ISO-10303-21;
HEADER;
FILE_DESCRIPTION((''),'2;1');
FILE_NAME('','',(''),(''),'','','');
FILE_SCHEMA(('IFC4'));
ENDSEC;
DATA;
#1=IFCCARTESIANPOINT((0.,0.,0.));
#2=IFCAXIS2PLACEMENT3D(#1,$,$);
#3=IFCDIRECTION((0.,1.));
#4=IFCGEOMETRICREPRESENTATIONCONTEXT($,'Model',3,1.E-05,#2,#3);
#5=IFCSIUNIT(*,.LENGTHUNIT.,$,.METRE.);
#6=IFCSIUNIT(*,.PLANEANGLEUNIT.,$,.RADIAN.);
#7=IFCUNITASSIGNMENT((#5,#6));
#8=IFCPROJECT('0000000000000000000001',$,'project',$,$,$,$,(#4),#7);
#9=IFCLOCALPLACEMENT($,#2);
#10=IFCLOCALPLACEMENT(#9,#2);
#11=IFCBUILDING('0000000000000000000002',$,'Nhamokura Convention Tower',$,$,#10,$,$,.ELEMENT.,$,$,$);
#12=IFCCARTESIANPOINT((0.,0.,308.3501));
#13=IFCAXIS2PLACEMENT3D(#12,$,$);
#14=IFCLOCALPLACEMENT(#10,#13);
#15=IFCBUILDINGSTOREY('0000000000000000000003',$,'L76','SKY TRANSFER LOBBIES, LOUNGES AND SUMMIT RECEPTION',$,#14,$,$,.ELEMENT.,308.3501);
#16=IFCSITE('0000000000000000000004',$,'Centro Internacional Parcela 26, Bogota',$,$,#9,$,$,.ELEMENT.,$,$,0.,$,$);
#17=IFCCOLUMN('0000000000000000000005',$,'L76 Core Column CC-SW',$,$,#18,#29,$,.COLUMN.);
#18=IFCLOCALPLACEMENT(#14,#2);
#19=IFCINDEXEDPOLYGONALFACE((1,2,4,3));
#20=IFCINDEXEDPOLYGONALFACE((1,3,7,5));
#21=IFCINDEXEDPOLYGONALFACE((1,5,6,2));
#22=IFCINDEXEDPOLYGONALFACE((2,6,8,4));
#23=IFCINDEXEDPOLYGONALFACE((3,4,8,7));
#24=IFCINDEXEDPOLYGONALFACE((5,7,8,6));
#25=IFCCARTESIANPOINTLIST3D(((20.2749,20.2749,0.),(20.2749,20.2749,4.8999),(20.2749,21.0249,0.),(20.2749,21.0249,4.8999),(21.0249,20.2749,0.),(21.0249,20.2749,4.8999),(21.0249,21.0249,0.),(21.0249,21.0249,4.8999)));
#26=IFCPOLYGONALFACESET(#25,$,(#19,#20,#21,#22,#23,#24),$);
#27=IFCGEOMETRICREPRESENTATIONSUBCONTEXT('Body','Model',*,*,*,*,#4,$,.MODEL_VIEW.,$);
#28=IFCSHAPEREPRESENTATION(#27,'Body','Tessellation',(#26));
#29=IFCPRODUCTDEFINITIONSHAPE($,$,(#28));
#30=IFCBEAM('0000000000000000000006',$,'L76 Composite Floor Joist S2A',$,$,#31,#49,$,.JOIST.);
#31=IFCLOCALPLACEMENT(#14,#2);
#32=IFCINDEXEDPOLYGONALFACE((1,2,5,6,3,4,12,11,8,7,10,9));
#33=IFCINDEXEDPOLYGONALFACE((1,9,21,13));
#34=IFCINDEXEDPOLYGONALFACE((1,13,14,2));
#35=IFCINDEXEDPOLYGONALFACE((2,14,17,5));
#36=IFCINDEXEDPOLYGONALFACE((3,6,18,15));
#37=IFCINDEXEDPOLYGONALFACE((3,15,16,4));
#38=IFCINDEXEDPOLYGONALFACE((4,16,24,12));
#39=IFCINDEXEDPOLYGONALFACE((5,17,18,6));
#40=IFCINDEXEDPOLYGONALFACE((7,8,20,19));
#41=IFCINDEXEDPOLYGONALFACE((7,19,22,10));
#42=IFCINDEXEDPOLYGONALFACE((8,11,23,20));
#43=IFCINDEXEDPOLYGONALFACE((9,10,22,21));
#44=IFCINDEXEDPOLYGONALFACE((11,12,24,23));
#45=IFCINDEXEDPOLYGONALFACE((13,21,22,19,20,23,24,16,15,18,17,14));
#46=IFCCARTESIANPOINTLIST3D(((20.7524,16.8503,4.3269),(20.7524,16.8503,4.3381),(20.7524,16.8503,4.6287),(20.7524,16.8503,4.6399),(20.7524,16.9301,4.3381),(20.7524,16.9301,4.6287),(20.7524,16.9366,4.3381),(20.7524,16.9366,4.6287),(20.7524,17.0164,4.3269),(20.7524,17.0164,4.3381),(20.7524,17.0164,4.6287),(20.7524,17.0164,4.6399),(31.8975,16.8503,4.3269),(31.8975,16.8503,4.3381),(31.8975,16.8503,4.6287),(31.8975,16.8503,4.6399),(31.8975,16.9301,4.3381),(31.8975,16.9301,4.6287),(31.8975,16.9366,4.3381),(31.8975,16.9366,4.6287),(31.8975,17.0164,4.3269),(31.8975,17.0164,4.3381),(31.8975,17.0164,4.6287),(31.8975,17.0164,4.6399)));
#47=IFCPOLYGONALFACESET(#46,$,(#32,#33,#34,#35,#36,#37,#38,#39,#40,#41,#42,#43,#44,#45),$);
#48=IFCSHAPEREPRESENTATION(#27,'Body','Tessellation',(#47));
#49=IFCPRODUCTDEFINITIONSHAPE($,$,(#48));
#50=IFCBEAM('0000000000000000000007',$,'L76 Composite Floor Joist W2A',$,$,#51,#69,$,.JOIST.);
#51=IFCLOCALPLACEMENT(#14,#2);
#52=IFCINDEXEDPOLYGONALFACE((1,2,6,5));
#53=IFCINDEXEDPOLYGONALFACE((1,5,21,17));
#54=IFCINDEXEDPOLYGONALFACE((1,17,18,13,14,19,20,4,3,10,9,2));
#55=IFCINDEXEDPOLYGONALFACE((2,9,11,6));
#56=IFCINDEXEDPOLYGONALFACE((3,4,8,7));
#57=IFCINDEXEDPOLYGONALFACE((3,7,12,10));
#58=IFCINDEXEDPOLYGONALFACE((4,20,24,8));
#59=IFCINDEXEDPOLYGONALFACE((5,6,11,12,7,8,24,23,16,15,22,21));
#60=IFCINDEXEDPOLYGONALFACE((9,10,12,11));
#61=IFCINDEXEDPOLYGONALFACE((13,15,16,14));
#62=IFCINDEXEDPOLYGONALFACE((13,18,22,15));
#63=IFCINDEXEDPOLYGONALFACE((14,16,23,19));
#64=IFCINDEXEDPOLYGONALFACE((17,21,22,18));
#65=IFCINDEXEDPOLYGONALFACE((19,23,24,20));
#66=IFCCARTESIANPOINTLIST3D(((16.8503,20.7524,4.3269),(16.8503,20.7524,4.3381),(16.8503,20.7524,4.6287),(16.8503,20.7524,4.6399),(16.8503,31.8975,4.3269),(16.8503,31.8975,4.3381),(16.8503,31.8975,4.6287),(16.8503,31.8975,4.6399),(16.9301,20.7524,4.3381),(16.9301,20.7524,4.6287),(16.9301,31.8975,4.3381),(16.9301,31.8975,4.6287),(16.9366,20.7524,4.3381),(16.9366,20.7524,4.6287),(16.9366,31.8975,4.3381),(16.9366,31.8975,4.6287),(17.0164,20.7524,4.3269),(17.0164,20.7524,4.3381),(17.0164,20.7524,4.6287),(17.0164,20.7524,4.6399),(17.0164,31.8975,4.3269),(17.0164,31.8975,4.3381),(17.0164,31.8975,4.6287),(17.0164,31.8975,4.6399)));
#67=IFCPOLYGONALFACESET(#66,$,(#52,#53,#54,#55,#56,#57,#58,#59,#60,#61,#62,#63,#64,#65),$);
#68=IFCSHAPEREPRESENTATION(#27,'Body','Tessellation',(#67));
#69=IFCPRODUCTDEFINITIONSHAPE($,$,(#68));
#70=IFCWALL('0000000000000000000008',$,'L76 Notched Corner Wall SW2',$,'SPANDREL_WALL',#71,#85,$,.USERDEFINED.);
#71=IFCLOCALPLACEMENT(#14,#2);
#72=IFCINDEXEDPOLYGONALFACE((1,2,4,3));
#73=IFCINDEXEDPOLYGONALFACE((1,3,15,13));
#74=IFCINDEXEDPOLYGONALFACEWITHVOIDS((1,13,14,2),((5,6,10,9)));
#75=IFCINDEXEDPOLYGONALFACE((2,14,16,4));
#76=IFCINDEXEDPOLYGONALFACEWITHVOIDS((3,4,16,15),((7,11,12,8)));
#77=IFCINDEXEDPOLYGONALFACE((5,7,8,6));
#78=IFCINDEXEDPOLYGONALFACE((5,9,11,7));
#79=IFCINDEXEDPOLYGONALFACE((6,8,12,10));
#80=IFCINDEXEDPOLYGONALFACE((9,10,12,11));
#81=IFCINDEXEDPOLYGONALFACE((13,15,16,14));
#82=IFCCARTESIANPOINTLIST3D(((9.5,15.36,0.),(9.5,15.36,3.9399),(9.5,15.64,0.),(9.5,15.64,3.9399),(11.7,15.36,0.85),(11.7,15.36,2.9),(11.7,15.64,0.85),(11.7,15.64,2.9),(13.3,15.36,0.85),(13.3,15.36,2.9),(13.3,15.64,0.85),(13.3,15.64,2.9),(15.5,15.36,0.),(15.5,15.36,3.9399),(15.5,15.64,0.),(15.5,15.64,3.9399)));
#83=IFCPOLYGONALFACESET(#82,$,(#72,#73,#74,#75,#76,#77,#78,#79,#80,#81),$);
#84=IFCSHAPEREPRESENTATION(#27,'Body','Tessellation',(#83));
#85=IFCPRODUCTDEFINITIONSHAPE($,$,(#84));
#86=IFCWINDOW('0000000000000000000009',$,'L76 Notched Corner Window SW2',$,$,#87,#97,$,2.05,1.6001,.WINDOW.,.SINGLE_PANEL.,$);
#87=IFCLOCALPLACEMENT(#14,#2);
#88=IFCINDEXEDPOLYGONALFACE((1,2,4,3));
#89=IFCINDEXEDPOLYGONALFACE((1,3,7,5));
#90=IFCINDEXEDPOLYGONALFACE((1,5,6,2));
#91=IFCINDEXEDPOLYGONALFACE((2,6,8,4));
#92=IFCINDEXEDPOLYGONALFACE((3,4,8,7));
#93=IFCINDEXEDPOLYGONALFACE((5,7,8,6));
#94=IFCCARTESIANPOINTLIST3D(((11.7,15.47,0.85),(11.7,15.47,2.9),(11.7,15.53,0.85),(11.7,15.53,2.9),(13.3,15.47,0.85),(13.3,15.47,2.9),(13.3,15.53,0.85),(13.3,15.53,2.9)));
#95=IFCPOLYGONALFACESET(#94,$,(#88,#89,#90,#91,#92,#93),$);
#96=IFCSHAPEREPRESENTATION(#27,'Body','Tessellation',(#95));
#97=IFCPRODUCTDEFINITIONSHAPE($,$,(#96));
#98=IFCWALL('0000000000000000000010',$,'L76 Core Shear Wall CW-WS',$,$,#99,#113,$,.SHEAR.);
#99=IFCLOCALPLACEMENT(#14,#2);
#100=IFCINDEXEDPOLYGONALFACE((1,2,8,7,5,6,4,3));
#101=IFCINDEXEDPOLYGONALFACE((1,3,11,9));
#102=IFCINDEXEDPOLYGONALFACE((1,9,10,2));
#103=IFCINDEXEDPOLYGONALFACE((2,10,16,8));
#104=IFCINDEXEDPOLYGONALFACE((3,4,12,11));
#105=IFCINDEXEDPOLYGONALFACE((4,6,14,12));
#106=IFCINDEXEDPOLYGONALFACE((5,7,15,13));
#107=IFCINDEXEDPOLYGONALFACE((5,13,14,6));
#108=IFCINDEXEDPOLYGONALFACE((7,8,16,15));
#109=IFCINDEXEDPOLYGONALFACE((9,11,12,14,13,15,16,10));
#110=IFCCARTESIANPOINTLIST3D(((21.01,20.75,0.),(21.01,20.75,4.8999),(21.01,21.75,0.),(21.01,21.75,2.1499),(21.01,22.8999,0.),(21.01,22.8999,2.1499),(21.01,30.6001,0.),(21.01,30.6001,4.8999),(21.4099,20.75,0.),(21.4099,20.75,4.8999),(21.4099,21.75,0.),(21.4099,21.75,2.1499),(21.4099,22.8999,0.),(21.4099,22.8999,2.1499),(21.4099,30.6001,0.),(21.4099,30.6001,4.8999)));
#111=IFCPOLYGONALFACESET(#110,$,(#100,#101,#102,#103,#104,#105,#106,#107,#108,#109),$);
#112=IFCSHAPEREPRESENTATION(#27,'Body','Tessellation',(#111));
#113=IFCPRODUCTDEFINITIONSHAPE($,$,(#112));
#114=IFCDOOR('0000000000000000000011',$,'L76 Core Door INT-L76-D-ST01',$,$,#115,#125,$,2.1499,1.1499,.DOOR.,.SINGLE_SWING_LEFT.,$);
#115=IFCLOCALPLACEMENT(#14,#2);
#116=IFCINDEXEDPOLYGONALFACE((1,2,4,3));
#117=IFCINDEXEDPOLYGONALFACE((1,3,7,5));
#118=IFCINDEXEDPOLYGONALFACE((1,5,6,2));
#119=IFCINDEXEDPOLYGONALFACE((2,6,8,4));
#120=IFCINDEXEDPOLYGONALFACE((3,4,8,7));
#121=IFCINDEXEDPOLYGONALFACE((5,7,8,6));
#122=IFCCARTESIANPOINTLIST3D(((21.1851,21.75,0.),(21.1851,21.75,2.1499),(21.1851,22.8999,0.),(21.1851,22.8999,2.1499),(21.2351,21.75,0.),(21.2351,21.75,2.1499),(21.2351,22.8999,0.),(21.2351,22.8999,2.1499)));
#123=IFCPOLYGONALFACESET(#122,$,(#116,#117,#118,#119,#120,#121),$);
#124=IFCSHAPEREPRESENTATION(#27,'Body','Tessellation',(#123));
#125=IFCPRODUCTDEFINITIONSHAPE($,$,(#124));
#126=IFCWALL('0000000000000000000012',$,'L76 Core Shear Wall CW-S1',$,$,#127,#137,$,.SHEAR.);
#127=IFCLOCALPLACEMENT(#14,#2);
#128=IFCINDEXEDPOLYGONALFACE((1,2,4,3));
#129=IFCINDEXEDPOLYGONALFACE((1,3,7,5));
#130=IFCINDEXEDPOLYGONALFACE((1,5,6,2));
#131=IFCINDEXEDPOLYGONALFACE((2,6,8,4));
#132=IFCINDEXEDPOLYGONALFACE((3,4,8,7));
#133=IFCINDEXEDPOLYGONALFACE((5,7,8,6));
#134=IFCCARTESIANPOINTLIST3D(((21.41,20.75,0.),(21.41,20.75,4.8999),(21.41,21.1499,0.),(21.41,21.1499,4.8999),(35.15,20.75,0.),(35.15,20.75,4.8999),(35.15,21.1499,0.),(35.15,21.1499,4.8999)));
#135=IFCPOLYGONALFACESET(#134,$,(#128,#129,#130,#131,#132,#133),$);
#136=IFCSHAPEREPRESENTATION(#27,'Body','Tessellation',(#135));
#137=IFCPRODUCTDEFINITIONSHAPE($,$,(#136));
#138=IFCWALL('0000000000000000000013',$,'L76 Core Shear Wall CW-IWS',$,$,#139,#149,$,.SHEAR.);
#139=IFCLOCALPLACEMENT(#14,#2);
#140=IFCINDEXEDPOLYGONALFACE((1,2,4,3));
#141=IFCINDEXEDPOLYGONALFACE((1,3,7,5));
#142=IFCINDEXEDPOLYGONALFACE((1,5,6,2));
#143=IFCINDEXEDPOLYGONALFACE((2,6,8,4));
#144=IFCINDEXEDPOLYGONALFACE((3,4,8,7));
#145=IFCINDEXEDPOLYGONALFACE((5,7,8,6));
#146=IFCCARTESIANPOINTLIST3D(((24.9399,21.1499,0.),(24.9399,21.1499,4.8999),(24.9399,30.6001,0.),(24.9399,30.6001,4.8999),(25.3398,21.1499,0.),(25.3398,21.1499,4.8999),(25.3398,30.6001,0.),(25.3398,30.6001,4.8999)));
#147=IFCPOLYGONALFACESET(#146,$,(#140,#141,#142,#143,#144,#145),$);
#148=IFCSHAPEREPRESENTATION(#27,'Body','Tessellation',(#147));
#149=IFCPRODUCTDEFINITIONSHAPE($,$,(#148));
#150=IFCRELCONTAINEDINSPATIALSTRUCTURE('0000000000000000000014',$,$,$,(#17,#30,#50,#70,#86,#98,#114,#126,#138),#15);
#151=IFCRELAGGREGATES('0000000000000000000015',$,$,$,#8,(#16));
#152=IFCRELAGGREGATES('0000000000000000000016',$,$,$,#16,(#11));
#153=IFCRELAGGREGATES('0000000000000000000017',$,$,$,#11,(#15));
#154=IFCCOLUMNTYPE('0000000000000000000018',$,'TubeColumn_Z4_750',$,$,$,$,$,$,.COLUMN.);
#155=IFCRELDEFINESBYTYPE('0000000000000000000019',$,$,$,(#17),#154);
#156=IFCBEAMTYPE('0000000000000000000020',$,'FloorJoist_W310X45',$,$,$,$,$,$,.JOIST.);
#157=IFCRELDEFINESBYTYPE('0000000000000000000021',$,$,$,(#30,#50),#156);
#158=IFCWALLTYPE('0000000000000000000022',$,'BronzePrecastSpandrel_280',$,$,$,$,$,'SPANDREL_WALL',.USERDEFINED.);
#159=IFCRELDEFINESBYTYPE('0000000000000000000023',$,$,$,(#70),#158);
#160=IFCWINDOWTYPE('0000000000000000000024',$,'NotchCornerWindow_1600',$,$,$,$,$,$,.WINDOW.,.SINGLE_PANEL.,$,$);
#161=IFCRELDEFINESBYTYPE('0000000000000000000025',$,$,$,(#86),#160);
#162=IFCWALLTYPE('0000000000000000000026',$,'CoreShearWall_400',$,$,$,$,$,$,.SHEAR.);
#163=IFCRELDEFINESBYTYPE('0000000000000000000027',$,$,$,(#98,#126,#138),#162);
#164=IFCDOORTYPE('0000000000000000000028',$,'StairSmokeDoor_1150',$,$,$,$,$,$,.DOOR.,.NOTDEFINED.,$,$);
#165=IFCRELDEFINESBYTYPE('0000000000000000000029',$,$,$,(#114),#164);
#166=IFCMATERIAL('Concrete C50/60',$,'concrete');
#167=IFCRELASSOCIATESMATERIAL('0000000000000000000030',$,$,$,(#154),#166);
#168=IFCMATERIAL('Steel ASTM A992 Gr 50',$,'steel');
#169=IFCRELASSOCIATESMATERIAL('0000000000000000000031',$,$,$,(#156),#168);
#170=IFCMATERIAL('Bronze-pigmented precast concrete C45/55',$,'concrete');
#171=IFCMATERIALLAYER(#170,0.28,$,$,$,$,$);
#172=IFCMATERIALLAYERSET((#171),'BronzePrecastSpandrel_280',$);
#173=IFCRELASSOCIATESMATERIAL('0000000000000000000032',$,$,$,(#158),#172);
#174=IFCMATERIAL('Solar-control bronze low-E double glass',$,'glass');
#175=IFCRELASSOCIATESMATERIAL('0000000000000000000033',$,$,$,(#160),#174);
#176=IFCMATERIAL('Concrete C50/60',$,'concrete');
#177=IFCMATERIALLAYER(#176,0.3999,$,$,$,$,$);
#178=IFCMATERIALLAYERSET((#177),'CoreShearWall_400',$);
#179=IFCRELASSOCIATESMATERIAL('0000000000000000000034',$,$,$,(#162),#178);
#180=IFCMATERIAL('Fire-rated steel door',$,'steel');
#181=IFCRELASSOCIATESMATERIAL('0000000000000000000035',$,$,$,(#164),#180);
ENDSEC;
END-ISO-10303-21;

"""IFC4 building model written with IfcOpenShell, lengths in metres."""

from ifc_helpers import new_model, si_unit, direction, frame, frame_2d, origin, origin_2d, place, context, subcontext, project, spatial, rectangle, i_section, extrude, material, layer, layer_set, material_profile, profile_set, type_object, element, fill, save


model = new_model("IFC4")

# Units and contexts
model_context = context("Model", 3, precision=1e-05, world=origin(), true_north=direction((0.0, 1.0)))
body_context = subcontext(model_context, "Body", "Model", "MODEL_VIEW")
ifc_project = project(units=[si_unit("LENGTHUNIT", "METRE"), si_unit("PLANEANGLEUNIT", "RADIAN")], contexts=[model_context])

# Site, building, storey
site_placement = place(None, origin())
site = spatial("IfcSite", under=ifc_project, at=site_placement, Name="Centro Internacional Parcela 26, Bogota", CompositionType="ELEMENT", RefElevation=0.0)
building_placement = place(site_placement, origin())
building = spatial("IfcBuilding", under=site, at=building_placement, Name="Nhamokura Convention Tower", CompositionType="ELEMENT")
storey_placement = place(building_placement, frame((0.0, 0.0, 308.3501)))
storey = spatial("IfcBuildingStorey", under=building, at=storey_placement, Name="L76", Description="SKY TRANSFER LOBBIES, LOUNGES AND SUMMIT RECEPTION", CompositionType="ELEMENT", Elevation=308.3501)

# Column
ifc_material_1 = material(Name="Concrete C50/60", Category="concrete")
ifc_material_profile_1 = material_profile(ifc_material_1, rectangle(XDim=0.75, YDim=0.75, at=origin_2d()))
ifc_profile_set_1 = profile_set([ifc_material_profile_1], Name="Concrete C50/60")
column_type = type_object("IfcColumnType", Name="TubeColumn_Z4_750", PredefinedType="COLUMN", material=ifc_profile_set_1)
column_placement = place(storey_placement, frame((20.6499, 20.6499, 0.0), z_axis=(0.0, 0.0, 1.0), x_axis=(1.0, 0.0, 0.0)))
element("IfcColumn", 1, at=column_placement, inside=storey, type_object=column_type, Name="L76 Core Column CC-SW", PredefinedType="COLUMN", context=body_context, shape_type="SweptSolid", body=[
    extrude(rectangle(XDim=0.75, YDim=0.75, at=origin_2d()), origin(), (0.0, 0.0, 1.0), 4.8999),
])

# Beams
ifc_material_2 = material(Name="Steel ASTM A992 Gr 50", Category="steel")
ifc_material_profile_2 = material_profile(ifc_material_2, i_section(OverallWidth=0.166, OverallDepth=0.313, WebThickness=0.0066, FlangeThickness=0.0112, at=origin_2d()))
ifc_profile_set_2 = profile_set([ifc_material_profile_2], Name="Steel ASTM A992 Gr 50")
beam_type = type_object("IfcBeamType", Name="FloorJoist_W310X45", PredefinedType="JOIST", material=ifc_profile_set_2)
for number, where, z_axis, x_axis, name in (
    (2, (20.7524, 16.9333, 4.4834), (1.0, 0.0, 0.0), (0.0, 1.0, 0.0), "L76 Composite Floor Joist S2A"),
    (3, (16.9333, 20.7524, 4.4834), (0.0, 1.0, 0.0), (-1.0, 0.0, 0.0), "L76 Composite Floor Joist W2A"),
):
    element("IfcBeam", number, at=place(storey_placement, frame(where, z_axis=z_axis, x_axis=x_axis)), inside=storey, type_object=beam_type, Name=name, PredefinedType="JOIST", context=body_context, shape_type="SweptSolid", body=[
        extrude(i_section(OverallWidth=0.166, OverallDepth=0.313, WebThickness=0.0066, FlangeThickness=0.0112, at=origin_2d()), origin(), (0.0, 0.0, 1.0), 11.145),
    ])

# Wall, opening, window
ifc_material_3 = material(Name="Bronze-pigmented precast concrete C45/55", Category="concrete")
ifc_layer_1 = layer(ifc_material_3, 0.28)
ifc_layer_set_1 = layer_set([ifc_layer_1], Name="BronzePrecastSpandrel_280")
wall_type_1 = type_object("IfcWallType", Name="BronzePrecastSpandrel_280", ElementType="SPANDREL_WALL", PredefinedType="USERDEFINED", material=ifc_layer_set_1)
wall_1_placement = place(storey_placement, frame((15.5, 15.5, 0.0), z_axis=(0.0, 0.0, 1.0), x_axis=(-1.0, 0.0, 0.0)))
wall_1 = element("IfcWall", 4, at=wall_1_placement, inside=storey, type_object=wall_type_1, Name="L76 Notched Corner Wall SW2", ObjectType="SPANDREL_WALL", PredefinedType="USERDEFINED", context=body_context, shape_type="SweptSolid", body=[
    extrude(rectangle(XDim=6.0, YDim=0.28, at=frame_2d((3.0, 0.0))), origin(), (0.0, 0.0, 1.0), 3.9399),
])
opening_1_placement = place(wall_1_placement, frame((2.2, 0.0, 0.8501)))
opening_1 = element("IfcOpeningElement", 5, at=opening_1_placement, cuts=wall_1, PredefinedType="OPENING", context=body_context, shape_type="SweptSolid", body=[
    extrude(rectangle(XDim=1.6001, YDim=2.05, at=frame_2d((0.8, 1.0249))), frame((0.0, 0.1499, 0.0), z_axis=(0.0, -1.0, 0.0), x_axis=(1.0, 0.0, 0.0)), (0.0, 0.0, 1.0), 0.3),
])
ifc_material_4 = material(Name="Solar-control bronze low-E double glass", Category="glass")
window_type = type_object("IfcWindowType", Name="NotchCornerWindow_1600", PartitioningType="SINGLE_PANEL", PredefinedType="WINDOW", material=ifc_material_4)
window_placement = place(opening_1_placement, origin())
window = element("IfcWindow", 6, at=window_placement, inside=storey, type_object=window_type, Name="L76 Notched Corner Window SW2", OverallHeight=2.05, OverallWidth=1.6001, PartitioningType="SINGLE_PANEL", PredefinedType="WINDOW", context=body_context, shape_type="SweptSolid", body=[
    extrude(rectangle(XDim=1.6001, YDim=2.05, at=frame_2d((0.8, 1.0249))), frame((0.0, 0.03, 0.0), z_axis=(0.0, -1.0, 0.0), x_axis=(1.0, 0.0, 0.0)), (0.0, 0.0, 1.0), 0.0601),
])
fill(opening_1, window)

# Wall, opening, door
ifc_material_5 = material(Name="Concrete C50/60", Category="concrete")
ifc_layer_2 = layer(ifc_material_5, 0.3999)
ifc_layer_set_2 = layer_set([ifc_layer_2], Name="CoreShearWall_400")
wall_type_2 = type_object("IfcWallType", Name="CoreShearWall_400", PredefinedType="SHEAR", material=ifc_layer_set_2)
wall_2_placement = place(storey_placement, frame((21.21, 20.75, 0.0), z_axis=(0.0, 0.0, 1.0), x_axis=(0.0, 1.0, 0.0)))
wall_2 = element("IfcWall", 7, at=wall_2_placement, inside=storey, type_object=wall_type_2, Name="L76 Core Shear Wall CW-WS", PredefinedType="SHEAR", context=body_context, shape_type="SweptSolid", body=[
    extrude(rectangle(XDim=9.8501, YDim=0.3999, at=frame_2d((4.925, 0.0))), origin(), (0.0, 0.0, 1.0), 4.8999),
])
opening_2_placement = place(wall_2_placement, frame((1.0, 0.0, 0.0)))
opening_2 = element("IfcOpeningElement", 8, at=opening_2_placement, cuts=wall_2, PredefinedType="OPENING", context=body_context, shape_type="SweptSolid", body=[
    extrude(rectangle(XDim=1.1499, YDim=2.1499, at=frame_2d((0.575, 1.075))), frame((0.0, 0.21, 0.0), z_axis=(0.0, -1.0, 0.0), x_axis=(1.0, 0.0, 0.0)), (0.0, 0.0, 1.0), 0.4199),
])
ifc_material_6 = material(Name="Fire-rated steel door", Category="steel")
door_type_1 = type_object("IfcDoorType", Name="StairSmokeDoor_1150", OperationType="NOTDEFINED", PredefinedType="DOOR", material=ifc_material_6)
door_1_placement = place(opening_2_placement, origin())
door_1 = element("IfcDoor", 9, at=door_1_placement, inside=storey, type_object=door_type_1, Name="L76 Core Door INT-L76-D-ST01", OperationType="SINGLE_SWING_LEFT", OverallHeight=2.1499, OverallWidth=1.1499, PredefinedType="DOOR", context=body_context, shape_type="SweptSolid", body=[
    extrude(rectangle(XDim=1.1499, YDim=2.1499, at=frame_2d((0.575, 1.075))), frame((0.0, 0.0249, 0.0), z_axis=(0.0, -1.0, 0.0), x_axis=(1.0, 0.0, 0.0)), (0.0, 0.0, 1.0), 0.05),
])
fill(opening_2, door_1)

# Walls
wall_3_placement = place(storey_placement, frame((21.4099, 20.95, 0.0), z_axis=(0.0, 0.0, 1.0), x_axis=(1.0, 0.0, 0.0)))
element("IfcWall", 10, at=wall_3_placement, inside=storey, type_object=wall_type_2, Name="L76 Core Shear Wall CW-S1", PredefinedType="SHEAR", context=body_context, shape_type="SweptSolid", body=[
    extrude(rectangle(XDim=13.74, YDim=0.3999, at=frame_2d((6.8701, 0.0))), origin(), (0.0, 0.0, 1.0), 4.8999),
])
wall_4_placement = place(storey_placement, frame((25.1399, 21.1499, 0.0), z_axis=(0.0, 0.0, 1.0), x_axis=(0.0, 1.0, 0.0)))
element("IfcWall", 11, at=wall_4_placement, inside=storey, type_object=wall_type_2, Name="L76 Core Shear Wall CW-IWS", PredefinedType="SHEAR", context=body_context, shape_type="SweptSolid", body=[
    extrude(rectangle(XDim=9.4502, YDim=0.3999, at=frame_2d((4.7251, 0.0))), origin(), (0.0, 0.0, 1.0), 4.8999),
])

save(model, "model.ifc")
